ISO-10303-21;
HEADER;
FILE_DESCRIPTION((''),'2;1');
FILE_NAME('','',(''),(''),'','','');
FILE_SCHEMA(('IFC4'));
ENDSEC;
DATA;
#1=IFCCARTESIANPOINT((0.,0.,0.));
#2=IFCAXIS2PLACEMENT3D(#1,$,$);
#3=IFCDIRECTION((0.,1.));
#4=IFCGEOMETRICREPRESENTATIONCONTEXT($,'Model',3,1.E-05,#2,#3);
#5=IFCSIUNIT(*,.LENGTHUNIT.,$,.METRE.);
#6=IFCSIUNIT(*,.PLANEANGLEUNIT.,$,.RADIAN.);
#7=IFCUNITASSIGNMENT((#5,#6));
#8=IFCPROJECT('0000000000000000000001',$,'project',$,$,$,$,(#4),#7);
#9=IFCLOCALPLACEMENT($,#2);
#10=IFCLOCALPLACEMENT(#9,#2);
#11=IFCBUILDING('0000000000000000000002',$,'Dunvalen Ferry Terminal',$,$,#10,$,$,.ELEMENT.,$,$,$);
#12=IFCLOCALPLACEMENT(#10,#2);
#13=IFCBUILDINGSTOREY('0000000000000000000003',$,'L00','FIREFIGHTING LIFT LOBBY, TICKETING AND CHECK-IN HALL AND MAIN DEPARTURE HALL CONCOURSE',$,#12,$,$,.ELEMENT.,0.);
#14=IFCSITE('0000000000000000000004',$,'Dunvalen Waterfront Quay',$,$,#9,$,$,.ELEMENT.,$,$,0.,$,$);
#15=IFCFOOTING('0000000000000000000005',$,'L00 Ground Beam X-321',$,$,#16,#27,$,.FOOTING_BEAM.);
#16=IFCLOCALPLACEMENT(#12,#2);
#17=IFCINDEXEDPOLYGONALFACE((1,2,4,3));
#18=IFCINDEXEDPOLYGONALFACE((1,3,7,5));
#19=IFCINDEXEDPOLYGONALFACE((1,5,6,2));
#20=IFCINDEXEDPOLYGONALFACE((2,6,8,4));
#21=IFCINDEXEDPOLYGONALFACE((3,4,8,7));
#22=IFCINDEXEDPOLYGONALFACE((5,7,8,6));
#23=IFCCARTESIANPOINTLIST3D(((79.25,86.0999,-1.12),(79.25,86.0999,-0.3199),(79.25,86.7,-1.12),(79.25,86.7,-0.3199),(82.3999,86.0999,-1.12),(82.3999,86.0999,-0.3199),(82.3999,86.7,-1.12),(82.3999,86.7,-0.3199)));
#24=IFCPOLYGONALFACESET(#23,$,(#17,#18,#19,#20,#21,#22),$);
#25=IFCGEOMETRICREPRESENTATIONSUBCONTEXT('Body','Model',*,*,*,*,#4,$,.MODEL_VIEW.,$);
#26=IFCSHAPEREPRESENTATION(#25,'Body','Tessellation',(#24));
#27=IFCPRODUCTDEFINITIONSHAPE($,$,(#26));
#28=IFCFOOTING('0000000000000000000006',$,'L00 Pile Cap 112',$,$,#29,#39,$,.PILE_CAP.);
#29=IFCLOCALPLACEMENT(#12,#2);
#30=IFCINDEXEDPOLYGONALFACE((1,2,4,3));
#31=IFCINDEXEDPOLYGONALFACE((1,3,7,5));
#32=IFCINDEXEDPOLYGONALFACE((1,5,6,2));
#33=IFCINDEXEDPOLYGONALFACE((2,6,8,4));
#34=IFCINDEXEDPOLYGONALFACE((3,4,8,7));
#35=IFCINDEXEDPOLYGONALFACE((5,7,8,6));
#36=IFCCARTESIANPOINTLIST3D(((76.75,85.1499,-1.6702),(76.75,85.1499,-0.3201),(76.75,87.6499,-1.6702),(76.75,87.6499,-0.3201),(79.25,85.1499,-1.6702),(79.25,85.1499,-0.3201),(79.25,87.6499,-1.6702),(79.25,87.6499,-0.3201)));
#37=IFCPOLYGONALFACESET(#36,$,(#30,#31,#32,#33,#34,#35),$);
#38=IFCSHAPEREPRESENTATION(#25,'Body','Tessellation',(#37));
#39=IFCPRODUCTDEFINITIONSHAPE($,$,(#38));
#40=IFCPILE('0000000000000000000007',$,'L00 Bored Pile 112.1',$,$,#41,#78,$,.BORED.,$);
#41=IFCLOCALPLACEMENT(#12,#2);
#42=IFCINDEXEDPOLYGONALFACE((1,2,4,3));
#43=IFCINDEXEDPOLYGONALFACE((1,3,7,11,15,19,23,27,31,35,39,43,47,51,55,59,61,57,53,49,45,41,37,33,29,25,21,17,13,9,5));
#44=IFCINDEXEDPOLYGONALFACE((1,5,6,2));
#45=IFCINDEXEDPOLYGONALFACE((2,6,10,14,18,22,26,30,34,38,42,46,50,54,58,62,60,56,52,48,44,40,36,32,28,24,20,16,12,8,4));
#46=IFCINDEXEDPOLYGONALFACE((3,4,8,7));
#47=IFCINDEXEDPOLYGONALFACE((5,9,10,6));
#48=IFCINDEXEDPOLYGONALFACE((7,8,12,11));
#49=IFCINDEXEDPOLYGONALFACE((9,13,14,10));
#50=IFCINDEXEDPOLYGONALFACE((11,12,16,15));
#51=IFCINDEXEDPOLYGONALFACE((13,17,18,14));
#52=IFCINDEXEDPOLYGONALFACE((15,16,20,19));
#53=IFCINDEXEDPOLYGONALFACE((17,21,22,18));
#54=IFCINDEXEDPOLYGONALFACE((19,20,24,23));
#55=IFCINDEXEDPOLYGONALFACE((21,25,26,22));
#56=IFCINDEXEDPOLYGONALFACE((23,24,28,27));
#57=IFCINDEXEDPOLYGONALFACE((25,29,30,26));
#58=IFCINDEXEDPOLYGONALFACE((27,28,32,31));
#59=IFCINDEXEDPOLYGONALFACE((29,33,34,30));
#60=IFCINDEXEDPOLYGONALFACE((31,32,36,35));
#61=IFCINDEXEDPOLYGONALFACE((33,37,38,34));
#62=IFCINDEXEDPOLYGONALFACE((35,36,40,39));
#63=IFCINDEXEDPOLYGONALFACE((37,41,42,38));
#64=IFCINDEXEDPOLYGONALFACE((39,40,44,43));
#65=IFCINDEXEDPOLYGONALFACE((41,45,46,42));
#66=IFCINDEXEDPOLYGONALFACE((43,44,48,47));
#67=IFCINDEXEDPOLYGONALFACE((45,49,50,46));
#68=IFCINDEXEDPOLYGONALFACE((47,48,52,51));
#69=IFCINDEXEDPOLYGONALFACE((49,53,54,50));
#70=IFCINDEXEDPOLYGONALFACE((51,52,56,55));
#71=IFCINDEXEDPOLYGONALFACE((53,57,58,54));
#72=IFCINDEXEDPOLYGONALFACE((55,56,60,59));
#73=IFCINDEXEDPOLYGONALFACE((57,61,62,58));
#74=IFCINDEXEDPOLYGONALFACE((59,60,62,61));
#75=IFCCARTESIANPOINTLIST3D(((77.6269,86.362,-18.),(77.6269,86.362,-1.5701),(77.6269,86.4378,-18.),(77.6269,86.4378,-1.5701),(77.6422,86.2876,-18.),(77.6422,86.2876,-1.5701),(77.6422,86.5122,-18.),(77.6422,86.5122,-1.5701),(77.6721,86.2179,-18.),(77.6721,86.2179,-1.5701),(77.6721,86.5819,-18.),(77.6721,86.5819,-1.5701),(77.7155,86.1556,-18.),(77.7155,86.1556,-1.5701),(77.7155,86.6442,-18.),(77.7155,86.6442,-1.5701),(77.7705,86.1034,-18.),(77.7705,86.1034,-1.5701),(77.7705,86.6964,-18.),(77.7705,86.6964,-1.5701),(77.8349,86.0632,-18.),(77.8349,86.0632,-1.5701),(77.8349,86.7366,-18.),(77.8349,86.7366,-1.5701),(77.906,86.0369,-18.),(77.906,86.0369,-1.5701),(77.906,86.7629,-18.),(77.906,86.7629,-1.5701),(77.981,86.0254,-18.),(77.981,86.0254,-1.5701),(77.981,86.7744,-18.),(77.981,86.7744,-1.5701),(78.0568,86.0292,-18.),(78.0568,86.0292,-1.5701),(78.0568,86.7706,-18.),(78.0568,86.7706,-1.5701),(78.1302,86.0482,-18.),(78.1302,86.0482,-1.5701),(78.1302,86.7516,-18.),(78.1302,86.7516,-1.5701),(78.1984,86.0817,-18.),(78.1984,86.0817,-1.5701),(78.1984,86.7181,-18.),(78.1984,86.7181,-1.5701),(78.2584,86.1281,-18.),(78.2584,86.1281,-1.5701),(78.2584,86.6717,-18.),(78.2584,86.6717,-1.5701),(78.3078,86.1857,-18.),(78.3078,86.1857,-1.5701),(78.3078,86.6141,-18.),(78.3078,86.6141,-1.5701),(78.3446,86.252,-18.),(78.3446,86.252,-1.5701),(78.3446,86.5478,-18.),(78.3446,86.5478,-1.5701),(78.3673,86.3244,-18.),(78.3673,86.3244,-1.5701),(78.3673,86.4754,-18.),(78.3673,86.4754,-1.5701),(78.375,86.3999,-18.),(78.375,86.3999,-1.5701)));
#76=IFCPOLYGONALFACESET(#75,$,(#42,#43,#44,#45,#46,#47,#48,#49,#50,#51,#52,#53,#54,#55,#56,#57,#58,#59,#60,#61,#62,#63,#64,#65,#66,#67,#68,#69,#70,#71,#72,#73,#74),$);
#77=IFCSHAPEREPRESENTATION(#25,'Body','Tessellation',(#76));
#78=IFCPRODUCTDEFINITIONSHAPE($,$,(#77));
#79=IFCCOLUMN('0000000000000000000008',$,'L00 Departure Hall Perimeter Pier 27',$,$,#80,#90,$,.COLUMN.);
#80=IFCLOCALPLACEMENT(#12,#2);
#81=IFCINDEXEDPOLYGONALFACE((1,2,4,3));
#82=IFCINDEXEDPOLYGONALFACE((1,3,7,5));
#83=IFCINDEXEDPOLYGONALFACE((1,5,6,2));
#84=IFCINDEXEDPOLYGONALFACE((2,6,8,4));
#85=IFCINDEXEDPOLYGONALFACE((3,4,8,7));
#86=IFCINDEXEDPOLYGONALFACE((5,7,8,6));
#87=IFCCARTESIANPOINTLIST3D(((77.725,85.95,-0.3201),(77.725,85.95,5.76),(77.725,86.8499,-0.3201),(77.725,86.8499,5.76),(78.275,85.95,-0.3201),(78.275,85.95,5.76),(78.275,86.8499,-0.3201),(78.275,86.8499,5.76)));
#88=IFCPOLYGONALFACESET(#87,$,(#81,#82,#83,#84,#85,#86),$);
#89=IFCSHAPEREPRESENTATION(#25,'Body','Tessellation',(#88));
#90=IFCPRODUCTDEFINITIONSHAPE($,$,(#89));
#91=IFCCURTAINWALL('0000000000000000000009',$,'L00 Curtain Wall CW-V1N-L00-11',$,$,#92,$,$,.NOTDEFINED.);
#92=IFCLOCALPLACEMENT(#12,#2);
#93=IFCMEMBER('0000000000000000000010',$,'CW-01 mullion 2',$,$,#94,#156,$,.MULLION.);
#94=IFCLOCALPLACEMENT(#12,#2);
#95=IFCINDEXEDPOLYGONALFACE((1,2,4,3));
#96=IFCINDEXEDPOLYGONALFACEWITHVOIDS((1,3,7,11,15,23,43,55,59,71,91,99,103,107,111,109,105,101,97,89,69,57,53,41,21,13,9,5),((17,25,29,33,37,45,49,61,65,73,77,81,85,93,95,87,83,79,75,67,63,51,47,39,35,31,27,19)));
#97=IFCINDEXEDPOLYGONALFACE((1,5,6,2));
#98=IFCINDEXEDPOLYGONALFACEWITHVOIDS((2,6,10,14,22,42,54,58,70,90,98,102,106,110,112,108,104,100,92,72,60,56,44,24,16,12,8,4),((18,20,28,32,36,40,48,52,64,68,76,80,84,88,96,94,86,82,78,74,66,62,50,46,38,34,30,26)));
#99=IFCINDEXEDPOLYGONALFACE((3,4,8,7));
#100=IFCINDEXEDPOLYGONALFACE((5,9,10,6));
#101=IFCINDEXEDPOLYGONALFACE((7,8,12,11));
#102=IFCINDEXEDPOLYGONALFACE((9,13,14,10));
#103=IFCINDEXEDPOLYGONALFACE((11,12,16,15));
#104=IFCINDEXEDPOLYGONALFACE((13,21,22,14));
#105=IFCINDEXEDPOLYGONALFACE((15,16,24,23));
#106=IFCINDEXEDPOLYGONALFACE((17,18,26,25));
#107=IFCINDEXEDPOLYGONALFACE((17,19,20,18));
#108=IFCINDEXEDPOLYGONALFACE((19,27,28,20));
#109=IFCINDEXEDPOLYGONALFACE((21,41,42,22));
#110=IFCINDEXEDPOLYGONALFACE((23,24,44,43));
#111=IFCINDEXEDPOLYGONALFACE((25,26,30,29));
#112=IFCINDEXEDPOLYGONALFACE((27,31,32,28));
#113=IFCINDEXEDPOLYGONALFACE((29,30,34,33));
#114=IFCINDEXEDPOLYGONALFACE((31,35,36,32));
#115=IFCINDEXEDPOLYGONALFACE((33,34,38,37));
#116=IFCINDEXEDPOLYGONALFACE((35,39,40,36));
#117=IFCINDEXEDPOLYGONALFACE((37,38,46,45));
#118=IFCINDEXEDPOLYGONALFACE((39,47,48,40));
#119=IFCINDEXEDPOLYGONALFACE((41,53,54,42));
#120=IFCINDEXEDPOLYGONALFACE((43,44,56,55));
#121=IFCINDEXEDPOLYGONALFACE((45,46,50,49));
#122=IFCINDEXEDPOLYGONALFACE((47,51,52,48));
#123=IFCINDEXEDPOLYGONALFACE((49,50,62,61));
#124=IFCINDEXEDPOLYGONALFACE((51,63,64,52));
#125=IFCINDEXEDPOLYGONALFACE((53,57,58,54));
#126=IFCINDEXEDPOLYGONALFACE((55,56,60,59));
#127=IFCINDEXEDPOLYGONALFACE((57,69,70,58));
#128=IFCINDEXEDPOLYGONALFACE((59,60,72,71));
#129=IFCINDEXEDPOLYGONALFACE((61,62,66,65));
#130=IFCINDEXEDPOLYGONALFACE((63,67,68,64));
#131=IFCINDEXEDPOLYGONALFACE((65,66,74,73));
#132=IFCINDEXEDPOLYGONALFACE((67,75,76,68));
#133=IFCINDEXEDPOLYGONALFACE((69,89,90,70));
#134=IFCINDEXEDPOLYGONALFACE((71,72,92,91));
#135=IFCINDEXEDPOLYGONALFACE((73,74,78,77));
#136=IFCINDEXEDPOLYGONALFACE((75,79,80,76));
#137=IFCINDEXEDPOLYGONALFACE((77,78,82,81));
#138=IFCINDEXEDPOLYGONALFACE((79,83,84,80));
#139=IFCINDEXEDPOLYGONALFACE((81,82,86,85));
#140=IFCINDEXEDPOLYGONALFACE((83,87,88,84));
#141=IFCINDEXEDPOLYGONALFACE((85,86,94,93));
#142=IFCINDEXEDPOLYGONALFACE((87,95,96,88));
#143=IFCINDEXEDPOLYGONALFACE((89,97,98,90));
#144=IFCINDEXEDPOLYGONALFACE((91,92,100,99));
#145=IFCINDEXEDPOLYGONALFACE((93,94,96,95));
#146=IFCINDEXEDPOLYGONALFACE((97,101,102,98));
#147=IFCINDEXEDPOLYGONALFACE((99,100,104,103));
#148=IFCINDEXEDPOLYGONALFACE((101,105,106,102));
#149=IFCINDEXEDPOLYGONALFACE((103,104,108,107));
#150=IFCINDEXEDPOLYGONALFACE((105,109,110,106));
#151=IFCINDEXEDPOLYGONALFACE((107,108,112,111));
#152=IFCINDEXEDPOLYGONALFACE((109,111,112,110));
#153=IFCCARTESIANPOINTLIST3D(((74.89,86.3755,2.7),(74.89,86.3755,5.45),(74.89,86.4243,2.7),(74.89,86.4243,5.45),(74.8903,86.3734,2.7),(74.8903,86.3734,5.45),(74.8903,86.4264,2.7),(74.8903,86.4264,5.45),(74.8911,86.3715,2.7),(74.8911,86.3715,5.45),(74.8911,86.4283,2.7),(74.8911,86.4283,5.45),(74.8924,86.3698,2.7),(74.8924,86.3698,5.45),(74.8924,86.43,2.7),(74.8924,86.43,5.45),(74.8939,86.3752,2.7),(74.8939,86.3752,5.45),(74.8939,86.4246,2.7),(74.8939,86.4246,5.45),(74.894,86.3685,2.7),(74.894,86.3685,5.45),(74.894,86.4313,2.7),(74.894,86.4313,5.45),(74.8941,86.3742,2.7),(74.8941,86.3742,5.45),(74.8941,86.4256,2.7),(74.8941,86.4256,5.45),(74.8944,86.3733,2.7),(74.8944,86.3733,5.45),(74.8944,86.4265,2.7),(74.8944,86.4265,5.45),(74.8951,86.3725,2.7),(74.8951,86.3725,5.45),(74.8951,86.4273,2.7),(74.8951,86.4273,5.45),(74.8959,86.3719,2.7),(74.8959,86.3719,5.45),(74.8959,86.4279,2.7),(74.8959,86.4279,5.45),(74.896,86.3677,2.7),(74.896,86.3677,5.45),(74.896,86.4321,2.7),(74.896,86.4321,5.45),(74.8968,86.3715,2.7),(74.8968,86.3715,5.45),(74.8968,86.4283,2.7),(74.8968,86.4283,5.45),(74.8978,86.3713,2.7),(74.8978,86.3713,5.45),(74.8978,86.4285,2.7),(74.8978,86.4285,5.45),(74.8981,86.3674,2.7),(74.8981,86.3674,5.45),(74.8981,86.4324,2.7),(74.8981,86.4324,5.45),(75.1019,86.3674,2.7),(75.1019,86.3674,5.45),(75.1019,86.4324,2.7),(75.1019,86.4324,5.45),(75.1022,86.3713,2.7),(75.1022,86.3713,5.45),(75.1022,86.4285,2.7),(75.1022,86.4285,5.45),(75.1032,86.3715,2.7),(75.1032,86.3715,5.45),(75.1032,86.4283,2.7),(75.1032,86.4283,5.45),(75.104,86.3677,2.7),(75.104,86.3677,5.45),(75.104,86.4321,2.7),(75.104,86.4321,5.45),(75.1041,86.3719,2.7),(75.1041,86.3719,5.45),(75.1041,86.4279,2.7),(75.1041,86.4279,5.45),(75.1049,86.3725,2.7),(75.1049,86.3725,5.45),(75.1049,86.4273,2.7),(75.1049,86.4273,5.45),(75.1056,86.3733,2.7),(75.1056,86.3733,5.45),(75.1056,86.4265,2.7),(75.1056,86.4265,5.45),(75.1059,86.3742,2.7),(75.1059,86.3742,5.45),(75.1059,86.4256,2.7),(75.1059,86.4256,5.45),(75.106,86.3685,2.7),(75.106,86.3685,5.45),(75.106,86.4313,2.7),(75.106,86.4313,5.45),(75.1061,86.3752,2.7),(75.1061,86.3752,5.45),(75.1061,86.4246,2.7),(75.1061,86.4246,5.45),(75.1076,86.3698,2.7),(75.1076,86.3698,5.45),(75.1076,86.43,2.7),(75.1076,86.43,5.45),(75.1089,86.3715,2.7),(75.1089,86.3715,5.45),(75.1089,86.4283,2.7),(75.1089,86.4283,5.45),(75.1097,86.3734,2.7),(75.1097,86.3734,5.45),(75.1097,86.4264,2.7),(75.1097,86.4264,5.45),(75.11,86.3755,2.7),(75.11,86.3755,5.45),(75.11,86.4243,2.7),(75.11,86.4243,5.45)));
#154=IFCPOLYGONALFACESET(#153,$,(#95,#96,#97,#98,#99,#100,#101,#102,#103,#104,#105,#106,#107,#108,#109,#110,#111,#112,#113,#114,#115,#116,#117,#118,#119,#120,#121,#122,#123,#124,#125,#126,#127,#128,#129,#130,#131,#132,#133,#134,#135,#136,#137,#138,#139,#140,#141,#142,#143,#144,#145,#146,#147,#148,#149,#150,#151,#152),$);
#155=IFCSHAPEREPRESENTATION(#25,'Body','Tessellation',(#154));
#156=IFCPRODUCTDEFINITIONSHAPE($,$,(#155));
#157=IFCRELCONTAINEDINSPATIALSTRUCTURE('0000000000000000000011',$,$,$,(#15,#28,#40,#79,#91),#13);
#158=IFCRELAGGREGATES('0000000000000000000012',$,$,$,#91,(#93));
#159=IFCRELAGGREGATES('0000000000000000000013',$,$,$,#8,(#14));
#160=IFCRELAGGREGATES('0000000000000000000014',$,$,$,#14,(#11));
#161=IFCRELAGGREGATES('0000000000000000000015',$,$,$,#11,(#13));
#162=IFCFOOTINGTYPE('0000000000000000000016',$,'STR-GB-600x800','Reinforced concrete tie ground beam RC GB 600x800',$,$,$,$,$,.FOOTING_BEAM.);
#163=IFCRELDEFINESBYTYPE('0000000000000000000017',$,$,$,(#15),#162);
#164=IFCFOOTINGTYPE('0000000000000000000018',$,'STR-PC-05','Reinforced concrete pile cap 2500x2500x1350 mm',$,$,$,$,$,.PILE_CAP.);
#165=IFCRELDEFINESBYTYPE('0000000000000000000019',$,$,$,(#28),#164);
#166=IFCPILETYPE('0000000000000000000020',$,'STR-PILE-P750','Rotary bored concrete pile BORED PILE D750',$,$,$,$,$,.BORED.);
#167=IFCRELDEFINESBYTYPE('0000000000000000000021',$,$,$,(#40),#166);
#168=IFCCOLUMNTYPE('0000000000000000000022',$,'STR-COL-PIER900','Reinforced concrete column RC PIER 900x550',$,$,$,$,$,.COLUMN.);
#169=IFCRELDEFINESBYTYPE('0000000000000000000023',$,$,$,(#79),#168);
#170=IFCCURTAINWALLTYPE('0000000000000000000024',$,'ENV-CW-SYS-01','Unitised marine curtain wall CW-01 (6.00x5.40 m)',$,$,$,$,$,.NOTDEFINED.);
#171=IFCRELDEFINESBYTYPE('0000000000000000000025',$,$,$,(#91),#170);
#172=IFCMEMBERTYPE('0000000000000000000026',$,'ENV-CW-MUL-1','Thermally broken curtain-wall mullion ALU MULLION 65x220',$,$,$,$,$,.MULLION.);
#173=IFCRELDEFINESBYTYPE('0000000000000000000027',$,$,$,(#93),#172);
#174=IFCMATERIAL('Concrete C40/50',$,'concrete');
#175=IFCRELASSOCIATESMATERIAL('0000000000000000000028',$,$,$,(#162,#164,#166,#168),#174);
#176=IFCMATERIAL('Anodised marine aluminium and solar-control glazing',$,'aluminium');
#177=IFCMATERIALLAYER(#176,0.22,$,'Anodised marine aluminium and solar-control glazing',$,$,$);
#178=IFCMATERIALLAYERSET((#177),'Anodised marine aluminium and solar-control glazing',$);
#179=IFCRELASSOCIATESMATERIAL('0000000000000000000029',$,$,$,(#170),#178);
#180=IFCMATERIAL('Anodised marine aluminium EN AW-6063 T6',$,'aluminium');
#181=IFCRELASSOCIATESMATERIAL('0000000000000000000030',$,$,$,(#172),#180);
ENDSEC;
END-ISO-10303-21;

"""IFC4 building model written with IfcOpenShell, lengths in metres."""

from ifc_helpers import new_model, si_unit, direction, frame, origin, origin_2d, place, context, subcontext, project, spatial, rectangle, hollow_rectangle, circle, extrude, material, layer, layer_set, material_profile, profile_set, type_object, element, aggregate, save


model = new_model("IFC4")

# Units and contexts
model_context = context("Model", 3, precision=1e-05, world=origin(), true_north=direction((0.0, 1.0)))
body_context = subcontext(model_context, "Body", "Model", "MODEL_VIEW")
ifc_project = project(units=[si_unit("LENGTHUNIT", "METRE"), si_unit("PLANEANGLEUNIT", "RADIAN")], contexts=[model_context])

# Site, building, storey
site_placement = place(None, origin())
site = spatial("IfcSite", under=ifc_project, at=site_placement, Name="Dunvalen Waterfront Quay", CompositionType="ELEMENT", RefElevation=0.0)
building_placement = place(site_placement, origin())
building = spatial("IfcBuilding", under=site, at=building_placement, Name="Dunvalen Ferry Terminal", CompositionType="ELEMENT")
storey_placement = place(building_placement, origin())
storey = spatial("IfcBuildingStorey", under=building, at=storey_placement, Name="L00", Description="FIREFIGHTING LIFT LOBBY, TICKETING AND CHECK-IN HALL AND MAIN DEPARTURE HALL CONCOURSE", CompositionType="ELEMENT", Elevation=0.0)

# Footings
ifc_material_1 = material(Name="Concrete C40/50", Category="concrete")
ifc_material_profile_1 = material_profile(ifc_material_1, rectangle(XDim=0.6001, YDim=0.8, at=origin_2d()), Name="Concrete C40/50")
ifc_profile_set_1 = profile_set([ifc_material_profile_1], Name="Concrete C40/50")
footing_type_1 = type_object("IfcFootingType", Name="STR-GB-600x800", Description="Reinforced concrete tie ground beam RC GB 600x800", PredefinedType="FOOTING_BEAM", material=ifc_profile_set_1)
footing_1_placement = place(storey_placement, frame((79.25, 86.3999, -0.72), z_axis=(1.0, 0.0, 0.0), x_axis=(0.0, 1.0, 0.0)))
element("IfcFooting", 1, at=footing_1_placement, inside=storey, type_object=footing_type_1, Name="L00 Ground Beam X-321", PredefinedType="FOOTING_BEAM", context=body_context, shape_type="SweptSolid", body=[
    extrude(rectangle(XDim=0.6001, YDim=0.8, at=origin_2d()), origin(), (0.0, 0.0, 1.0), 3.1499),
])
footing_type_2 = type_object("IfcFootingType", Name="STR-PC-05", Description="Reinforced concrete pile cap 2500x2500x1350 mm", PredefinedType="PILE_CAP", material=ifc_material_1)
footing_2_placement = place(storey_placement, frame((78.0, 86.3999, -1.6702), z_axis=(0.0, 0.0, 1.0), x_axis=(1.0, 0.0, 0.0)))
element("IfcFooting", 2, at=footing_2_placement, inside=storey, type_object=footing_type_2, Name="L00 Pile Cap 112", PredefinedType="PILE_CAP", context=body_context, shape_type="SweptSolid", body=[
    extrude(rectangle(XDim=2.5, YDim=2.5, at=origin_2d()), origin(), (0.0, 0.0, 1.0), 1.3501),
])

# Pile
ifc_material_profile_2 = material_profile(ifc_material_1, circle(Radius=0.375, at=origin_2d()), Name="Concrete C40/50")
ifc_profile_set_2 = profile_set([ifc_material_profile_2], Name="Concrete C40/50")
pile_type = type_object("IfcPileType", Name="STR-PILE-P750", Description="Rotary bored concrete pile BORED PILE D750", PredefinedType="BORED", material=ifc_profile_set_2)
pile_placement = place(storey_placement, frame((78.0, 86.3999, -1.5701), z_axis=(0.0, 0.0, -1.0), x_axis=(1.0, 0.0, 0.0)))
element("IfcPile", 3, at=pile_placement, inside=storey, type_object=pile_type, Name="L00 Bored Pile 112.1", PredefinedType="BORED", context=body_context, shape_type="SweptSolid", body=[
    extrude(circle(Radius=0.375, at=origin_2d()), origin(), (0.0, 0.0, 1.0), 16.4299),
])

# Column
ifc_material_profile_3 = material_profile(ifc_material_1, rectangle(XDim=0.55, YDim=0.8999, at=origin_2d()), Name="Concrete C40/50")
ifc_profile_set_3 = profile_set([ifc_material_profile_3], Name="Concrete C40/50")
column_type = type_object("IfcColumnType", Name="STR-COL-PIER900", Description="Reinforced concrete column RC PIER 900x550", PredefinedType="COLUMN", material=ifc_profile_set_3)
column_placement = place(storey_placement, frame((78.0, 86.3999, -0.3201), z_axis=(0.0, 0.0, 1.0), x_axis=(1.0, 0.0, 0.0)))
element("IfcColumn", 4, at=column_placement, inside=storey, type_object=column_type, Name="L00 Departure Hall Perimeter Pier 27", PredefinedType="COLUMN", context=body_context, shape_type="SweptSolid", body=[
    extrude(rectangle(XDim=0.55, YDim=0.8999, at=origin_2d()), origin(), (0.0, 0.0, 1.0), 6.0801),
])

# Curtain wall, member
ifc_material_2 = material(Name="Anodised marine aluminium and solar-control glazing", Category="aluminium")
ifc_layer_1 = layer(ifc_material_2, 0.22, Name="Anodised marine aluminium and solar-control glazing")
ifc_layer_set_1 = layer_set([ifc_layer_1], Name="Anodised marine aluminium and solar-control glazing")
curtain_wall_type = type_object("IfcCurtainWallType", Name="ENV-CW-SYS-01", Description="Unitised marine curtain wall CW-01 (6.00x5.40 m)", PredefinedType="NOTDEFINED", material=ifc_layer_set_1)
curtain_wall_1_placement = place(storey_placement, origin())
curtain_wall_1 = element("IfcCurtainWall", 5, at=curtain_wall_1_placement, inside=storey, type_object=curtain_wall_type, Name="L00 Curtain Wall CW-V1N-L00-11", PredefinedType="NOTDEFINED")
ifc_material_3 = material(Name="Anodised marine aluminium EN AW-6063 T6", Category="aluminium")
ifc_material_profile_4 = material_profile(ifc_material_3, hollow_rectangle(XDim=0.0649, YDim=0.22, WallThickness=0.0039, InnerFilletRadius=0.0039, OuterFilletRadius=0.0081, at=origin_2d()), Name="Anodised marine aluminium EN AW-6063 T6")
ifc_profile_set_4 = profile_set([ifc_material_profile_4], Name="Anodised marine aluminium EN AW-6063 T6")
member_type_1 = type_object("IfcMemberType", Name="ENV-CW-MUL-1", Description="Thermally broken curtain-wall mullion ALU MULLION 65x220", PredefinedType="MULLION", material=ifc_profile_set_4)
member_1_placement = place(storey_placement, frame((75.0, 86.3999, 2.7), z_axis=(0.0, 0.0, 1.0), x_axis=(0.0, 1.0, 0.0)))
member_1 = element("IfcMember", 6, at=member_1_placement, type_object=member_type_1, Name="CW-01 mullion 2", PredefinedType="MULLION", context=body_context, shape_type="SweptSolid", body=[
    extrude(hollow_rectangle(XDim=0.0649, YDim=0.22, WallThickness=0.0039, InnerFilletRadius=0.0039, OuterFilletRadius=0.0081, at=origin_2d()), origin(), (0.0, 0.0, 1.0), 2.75),
])

aggregate(curtain_wall_1, [member_1])

save(model, "model.ifc")
